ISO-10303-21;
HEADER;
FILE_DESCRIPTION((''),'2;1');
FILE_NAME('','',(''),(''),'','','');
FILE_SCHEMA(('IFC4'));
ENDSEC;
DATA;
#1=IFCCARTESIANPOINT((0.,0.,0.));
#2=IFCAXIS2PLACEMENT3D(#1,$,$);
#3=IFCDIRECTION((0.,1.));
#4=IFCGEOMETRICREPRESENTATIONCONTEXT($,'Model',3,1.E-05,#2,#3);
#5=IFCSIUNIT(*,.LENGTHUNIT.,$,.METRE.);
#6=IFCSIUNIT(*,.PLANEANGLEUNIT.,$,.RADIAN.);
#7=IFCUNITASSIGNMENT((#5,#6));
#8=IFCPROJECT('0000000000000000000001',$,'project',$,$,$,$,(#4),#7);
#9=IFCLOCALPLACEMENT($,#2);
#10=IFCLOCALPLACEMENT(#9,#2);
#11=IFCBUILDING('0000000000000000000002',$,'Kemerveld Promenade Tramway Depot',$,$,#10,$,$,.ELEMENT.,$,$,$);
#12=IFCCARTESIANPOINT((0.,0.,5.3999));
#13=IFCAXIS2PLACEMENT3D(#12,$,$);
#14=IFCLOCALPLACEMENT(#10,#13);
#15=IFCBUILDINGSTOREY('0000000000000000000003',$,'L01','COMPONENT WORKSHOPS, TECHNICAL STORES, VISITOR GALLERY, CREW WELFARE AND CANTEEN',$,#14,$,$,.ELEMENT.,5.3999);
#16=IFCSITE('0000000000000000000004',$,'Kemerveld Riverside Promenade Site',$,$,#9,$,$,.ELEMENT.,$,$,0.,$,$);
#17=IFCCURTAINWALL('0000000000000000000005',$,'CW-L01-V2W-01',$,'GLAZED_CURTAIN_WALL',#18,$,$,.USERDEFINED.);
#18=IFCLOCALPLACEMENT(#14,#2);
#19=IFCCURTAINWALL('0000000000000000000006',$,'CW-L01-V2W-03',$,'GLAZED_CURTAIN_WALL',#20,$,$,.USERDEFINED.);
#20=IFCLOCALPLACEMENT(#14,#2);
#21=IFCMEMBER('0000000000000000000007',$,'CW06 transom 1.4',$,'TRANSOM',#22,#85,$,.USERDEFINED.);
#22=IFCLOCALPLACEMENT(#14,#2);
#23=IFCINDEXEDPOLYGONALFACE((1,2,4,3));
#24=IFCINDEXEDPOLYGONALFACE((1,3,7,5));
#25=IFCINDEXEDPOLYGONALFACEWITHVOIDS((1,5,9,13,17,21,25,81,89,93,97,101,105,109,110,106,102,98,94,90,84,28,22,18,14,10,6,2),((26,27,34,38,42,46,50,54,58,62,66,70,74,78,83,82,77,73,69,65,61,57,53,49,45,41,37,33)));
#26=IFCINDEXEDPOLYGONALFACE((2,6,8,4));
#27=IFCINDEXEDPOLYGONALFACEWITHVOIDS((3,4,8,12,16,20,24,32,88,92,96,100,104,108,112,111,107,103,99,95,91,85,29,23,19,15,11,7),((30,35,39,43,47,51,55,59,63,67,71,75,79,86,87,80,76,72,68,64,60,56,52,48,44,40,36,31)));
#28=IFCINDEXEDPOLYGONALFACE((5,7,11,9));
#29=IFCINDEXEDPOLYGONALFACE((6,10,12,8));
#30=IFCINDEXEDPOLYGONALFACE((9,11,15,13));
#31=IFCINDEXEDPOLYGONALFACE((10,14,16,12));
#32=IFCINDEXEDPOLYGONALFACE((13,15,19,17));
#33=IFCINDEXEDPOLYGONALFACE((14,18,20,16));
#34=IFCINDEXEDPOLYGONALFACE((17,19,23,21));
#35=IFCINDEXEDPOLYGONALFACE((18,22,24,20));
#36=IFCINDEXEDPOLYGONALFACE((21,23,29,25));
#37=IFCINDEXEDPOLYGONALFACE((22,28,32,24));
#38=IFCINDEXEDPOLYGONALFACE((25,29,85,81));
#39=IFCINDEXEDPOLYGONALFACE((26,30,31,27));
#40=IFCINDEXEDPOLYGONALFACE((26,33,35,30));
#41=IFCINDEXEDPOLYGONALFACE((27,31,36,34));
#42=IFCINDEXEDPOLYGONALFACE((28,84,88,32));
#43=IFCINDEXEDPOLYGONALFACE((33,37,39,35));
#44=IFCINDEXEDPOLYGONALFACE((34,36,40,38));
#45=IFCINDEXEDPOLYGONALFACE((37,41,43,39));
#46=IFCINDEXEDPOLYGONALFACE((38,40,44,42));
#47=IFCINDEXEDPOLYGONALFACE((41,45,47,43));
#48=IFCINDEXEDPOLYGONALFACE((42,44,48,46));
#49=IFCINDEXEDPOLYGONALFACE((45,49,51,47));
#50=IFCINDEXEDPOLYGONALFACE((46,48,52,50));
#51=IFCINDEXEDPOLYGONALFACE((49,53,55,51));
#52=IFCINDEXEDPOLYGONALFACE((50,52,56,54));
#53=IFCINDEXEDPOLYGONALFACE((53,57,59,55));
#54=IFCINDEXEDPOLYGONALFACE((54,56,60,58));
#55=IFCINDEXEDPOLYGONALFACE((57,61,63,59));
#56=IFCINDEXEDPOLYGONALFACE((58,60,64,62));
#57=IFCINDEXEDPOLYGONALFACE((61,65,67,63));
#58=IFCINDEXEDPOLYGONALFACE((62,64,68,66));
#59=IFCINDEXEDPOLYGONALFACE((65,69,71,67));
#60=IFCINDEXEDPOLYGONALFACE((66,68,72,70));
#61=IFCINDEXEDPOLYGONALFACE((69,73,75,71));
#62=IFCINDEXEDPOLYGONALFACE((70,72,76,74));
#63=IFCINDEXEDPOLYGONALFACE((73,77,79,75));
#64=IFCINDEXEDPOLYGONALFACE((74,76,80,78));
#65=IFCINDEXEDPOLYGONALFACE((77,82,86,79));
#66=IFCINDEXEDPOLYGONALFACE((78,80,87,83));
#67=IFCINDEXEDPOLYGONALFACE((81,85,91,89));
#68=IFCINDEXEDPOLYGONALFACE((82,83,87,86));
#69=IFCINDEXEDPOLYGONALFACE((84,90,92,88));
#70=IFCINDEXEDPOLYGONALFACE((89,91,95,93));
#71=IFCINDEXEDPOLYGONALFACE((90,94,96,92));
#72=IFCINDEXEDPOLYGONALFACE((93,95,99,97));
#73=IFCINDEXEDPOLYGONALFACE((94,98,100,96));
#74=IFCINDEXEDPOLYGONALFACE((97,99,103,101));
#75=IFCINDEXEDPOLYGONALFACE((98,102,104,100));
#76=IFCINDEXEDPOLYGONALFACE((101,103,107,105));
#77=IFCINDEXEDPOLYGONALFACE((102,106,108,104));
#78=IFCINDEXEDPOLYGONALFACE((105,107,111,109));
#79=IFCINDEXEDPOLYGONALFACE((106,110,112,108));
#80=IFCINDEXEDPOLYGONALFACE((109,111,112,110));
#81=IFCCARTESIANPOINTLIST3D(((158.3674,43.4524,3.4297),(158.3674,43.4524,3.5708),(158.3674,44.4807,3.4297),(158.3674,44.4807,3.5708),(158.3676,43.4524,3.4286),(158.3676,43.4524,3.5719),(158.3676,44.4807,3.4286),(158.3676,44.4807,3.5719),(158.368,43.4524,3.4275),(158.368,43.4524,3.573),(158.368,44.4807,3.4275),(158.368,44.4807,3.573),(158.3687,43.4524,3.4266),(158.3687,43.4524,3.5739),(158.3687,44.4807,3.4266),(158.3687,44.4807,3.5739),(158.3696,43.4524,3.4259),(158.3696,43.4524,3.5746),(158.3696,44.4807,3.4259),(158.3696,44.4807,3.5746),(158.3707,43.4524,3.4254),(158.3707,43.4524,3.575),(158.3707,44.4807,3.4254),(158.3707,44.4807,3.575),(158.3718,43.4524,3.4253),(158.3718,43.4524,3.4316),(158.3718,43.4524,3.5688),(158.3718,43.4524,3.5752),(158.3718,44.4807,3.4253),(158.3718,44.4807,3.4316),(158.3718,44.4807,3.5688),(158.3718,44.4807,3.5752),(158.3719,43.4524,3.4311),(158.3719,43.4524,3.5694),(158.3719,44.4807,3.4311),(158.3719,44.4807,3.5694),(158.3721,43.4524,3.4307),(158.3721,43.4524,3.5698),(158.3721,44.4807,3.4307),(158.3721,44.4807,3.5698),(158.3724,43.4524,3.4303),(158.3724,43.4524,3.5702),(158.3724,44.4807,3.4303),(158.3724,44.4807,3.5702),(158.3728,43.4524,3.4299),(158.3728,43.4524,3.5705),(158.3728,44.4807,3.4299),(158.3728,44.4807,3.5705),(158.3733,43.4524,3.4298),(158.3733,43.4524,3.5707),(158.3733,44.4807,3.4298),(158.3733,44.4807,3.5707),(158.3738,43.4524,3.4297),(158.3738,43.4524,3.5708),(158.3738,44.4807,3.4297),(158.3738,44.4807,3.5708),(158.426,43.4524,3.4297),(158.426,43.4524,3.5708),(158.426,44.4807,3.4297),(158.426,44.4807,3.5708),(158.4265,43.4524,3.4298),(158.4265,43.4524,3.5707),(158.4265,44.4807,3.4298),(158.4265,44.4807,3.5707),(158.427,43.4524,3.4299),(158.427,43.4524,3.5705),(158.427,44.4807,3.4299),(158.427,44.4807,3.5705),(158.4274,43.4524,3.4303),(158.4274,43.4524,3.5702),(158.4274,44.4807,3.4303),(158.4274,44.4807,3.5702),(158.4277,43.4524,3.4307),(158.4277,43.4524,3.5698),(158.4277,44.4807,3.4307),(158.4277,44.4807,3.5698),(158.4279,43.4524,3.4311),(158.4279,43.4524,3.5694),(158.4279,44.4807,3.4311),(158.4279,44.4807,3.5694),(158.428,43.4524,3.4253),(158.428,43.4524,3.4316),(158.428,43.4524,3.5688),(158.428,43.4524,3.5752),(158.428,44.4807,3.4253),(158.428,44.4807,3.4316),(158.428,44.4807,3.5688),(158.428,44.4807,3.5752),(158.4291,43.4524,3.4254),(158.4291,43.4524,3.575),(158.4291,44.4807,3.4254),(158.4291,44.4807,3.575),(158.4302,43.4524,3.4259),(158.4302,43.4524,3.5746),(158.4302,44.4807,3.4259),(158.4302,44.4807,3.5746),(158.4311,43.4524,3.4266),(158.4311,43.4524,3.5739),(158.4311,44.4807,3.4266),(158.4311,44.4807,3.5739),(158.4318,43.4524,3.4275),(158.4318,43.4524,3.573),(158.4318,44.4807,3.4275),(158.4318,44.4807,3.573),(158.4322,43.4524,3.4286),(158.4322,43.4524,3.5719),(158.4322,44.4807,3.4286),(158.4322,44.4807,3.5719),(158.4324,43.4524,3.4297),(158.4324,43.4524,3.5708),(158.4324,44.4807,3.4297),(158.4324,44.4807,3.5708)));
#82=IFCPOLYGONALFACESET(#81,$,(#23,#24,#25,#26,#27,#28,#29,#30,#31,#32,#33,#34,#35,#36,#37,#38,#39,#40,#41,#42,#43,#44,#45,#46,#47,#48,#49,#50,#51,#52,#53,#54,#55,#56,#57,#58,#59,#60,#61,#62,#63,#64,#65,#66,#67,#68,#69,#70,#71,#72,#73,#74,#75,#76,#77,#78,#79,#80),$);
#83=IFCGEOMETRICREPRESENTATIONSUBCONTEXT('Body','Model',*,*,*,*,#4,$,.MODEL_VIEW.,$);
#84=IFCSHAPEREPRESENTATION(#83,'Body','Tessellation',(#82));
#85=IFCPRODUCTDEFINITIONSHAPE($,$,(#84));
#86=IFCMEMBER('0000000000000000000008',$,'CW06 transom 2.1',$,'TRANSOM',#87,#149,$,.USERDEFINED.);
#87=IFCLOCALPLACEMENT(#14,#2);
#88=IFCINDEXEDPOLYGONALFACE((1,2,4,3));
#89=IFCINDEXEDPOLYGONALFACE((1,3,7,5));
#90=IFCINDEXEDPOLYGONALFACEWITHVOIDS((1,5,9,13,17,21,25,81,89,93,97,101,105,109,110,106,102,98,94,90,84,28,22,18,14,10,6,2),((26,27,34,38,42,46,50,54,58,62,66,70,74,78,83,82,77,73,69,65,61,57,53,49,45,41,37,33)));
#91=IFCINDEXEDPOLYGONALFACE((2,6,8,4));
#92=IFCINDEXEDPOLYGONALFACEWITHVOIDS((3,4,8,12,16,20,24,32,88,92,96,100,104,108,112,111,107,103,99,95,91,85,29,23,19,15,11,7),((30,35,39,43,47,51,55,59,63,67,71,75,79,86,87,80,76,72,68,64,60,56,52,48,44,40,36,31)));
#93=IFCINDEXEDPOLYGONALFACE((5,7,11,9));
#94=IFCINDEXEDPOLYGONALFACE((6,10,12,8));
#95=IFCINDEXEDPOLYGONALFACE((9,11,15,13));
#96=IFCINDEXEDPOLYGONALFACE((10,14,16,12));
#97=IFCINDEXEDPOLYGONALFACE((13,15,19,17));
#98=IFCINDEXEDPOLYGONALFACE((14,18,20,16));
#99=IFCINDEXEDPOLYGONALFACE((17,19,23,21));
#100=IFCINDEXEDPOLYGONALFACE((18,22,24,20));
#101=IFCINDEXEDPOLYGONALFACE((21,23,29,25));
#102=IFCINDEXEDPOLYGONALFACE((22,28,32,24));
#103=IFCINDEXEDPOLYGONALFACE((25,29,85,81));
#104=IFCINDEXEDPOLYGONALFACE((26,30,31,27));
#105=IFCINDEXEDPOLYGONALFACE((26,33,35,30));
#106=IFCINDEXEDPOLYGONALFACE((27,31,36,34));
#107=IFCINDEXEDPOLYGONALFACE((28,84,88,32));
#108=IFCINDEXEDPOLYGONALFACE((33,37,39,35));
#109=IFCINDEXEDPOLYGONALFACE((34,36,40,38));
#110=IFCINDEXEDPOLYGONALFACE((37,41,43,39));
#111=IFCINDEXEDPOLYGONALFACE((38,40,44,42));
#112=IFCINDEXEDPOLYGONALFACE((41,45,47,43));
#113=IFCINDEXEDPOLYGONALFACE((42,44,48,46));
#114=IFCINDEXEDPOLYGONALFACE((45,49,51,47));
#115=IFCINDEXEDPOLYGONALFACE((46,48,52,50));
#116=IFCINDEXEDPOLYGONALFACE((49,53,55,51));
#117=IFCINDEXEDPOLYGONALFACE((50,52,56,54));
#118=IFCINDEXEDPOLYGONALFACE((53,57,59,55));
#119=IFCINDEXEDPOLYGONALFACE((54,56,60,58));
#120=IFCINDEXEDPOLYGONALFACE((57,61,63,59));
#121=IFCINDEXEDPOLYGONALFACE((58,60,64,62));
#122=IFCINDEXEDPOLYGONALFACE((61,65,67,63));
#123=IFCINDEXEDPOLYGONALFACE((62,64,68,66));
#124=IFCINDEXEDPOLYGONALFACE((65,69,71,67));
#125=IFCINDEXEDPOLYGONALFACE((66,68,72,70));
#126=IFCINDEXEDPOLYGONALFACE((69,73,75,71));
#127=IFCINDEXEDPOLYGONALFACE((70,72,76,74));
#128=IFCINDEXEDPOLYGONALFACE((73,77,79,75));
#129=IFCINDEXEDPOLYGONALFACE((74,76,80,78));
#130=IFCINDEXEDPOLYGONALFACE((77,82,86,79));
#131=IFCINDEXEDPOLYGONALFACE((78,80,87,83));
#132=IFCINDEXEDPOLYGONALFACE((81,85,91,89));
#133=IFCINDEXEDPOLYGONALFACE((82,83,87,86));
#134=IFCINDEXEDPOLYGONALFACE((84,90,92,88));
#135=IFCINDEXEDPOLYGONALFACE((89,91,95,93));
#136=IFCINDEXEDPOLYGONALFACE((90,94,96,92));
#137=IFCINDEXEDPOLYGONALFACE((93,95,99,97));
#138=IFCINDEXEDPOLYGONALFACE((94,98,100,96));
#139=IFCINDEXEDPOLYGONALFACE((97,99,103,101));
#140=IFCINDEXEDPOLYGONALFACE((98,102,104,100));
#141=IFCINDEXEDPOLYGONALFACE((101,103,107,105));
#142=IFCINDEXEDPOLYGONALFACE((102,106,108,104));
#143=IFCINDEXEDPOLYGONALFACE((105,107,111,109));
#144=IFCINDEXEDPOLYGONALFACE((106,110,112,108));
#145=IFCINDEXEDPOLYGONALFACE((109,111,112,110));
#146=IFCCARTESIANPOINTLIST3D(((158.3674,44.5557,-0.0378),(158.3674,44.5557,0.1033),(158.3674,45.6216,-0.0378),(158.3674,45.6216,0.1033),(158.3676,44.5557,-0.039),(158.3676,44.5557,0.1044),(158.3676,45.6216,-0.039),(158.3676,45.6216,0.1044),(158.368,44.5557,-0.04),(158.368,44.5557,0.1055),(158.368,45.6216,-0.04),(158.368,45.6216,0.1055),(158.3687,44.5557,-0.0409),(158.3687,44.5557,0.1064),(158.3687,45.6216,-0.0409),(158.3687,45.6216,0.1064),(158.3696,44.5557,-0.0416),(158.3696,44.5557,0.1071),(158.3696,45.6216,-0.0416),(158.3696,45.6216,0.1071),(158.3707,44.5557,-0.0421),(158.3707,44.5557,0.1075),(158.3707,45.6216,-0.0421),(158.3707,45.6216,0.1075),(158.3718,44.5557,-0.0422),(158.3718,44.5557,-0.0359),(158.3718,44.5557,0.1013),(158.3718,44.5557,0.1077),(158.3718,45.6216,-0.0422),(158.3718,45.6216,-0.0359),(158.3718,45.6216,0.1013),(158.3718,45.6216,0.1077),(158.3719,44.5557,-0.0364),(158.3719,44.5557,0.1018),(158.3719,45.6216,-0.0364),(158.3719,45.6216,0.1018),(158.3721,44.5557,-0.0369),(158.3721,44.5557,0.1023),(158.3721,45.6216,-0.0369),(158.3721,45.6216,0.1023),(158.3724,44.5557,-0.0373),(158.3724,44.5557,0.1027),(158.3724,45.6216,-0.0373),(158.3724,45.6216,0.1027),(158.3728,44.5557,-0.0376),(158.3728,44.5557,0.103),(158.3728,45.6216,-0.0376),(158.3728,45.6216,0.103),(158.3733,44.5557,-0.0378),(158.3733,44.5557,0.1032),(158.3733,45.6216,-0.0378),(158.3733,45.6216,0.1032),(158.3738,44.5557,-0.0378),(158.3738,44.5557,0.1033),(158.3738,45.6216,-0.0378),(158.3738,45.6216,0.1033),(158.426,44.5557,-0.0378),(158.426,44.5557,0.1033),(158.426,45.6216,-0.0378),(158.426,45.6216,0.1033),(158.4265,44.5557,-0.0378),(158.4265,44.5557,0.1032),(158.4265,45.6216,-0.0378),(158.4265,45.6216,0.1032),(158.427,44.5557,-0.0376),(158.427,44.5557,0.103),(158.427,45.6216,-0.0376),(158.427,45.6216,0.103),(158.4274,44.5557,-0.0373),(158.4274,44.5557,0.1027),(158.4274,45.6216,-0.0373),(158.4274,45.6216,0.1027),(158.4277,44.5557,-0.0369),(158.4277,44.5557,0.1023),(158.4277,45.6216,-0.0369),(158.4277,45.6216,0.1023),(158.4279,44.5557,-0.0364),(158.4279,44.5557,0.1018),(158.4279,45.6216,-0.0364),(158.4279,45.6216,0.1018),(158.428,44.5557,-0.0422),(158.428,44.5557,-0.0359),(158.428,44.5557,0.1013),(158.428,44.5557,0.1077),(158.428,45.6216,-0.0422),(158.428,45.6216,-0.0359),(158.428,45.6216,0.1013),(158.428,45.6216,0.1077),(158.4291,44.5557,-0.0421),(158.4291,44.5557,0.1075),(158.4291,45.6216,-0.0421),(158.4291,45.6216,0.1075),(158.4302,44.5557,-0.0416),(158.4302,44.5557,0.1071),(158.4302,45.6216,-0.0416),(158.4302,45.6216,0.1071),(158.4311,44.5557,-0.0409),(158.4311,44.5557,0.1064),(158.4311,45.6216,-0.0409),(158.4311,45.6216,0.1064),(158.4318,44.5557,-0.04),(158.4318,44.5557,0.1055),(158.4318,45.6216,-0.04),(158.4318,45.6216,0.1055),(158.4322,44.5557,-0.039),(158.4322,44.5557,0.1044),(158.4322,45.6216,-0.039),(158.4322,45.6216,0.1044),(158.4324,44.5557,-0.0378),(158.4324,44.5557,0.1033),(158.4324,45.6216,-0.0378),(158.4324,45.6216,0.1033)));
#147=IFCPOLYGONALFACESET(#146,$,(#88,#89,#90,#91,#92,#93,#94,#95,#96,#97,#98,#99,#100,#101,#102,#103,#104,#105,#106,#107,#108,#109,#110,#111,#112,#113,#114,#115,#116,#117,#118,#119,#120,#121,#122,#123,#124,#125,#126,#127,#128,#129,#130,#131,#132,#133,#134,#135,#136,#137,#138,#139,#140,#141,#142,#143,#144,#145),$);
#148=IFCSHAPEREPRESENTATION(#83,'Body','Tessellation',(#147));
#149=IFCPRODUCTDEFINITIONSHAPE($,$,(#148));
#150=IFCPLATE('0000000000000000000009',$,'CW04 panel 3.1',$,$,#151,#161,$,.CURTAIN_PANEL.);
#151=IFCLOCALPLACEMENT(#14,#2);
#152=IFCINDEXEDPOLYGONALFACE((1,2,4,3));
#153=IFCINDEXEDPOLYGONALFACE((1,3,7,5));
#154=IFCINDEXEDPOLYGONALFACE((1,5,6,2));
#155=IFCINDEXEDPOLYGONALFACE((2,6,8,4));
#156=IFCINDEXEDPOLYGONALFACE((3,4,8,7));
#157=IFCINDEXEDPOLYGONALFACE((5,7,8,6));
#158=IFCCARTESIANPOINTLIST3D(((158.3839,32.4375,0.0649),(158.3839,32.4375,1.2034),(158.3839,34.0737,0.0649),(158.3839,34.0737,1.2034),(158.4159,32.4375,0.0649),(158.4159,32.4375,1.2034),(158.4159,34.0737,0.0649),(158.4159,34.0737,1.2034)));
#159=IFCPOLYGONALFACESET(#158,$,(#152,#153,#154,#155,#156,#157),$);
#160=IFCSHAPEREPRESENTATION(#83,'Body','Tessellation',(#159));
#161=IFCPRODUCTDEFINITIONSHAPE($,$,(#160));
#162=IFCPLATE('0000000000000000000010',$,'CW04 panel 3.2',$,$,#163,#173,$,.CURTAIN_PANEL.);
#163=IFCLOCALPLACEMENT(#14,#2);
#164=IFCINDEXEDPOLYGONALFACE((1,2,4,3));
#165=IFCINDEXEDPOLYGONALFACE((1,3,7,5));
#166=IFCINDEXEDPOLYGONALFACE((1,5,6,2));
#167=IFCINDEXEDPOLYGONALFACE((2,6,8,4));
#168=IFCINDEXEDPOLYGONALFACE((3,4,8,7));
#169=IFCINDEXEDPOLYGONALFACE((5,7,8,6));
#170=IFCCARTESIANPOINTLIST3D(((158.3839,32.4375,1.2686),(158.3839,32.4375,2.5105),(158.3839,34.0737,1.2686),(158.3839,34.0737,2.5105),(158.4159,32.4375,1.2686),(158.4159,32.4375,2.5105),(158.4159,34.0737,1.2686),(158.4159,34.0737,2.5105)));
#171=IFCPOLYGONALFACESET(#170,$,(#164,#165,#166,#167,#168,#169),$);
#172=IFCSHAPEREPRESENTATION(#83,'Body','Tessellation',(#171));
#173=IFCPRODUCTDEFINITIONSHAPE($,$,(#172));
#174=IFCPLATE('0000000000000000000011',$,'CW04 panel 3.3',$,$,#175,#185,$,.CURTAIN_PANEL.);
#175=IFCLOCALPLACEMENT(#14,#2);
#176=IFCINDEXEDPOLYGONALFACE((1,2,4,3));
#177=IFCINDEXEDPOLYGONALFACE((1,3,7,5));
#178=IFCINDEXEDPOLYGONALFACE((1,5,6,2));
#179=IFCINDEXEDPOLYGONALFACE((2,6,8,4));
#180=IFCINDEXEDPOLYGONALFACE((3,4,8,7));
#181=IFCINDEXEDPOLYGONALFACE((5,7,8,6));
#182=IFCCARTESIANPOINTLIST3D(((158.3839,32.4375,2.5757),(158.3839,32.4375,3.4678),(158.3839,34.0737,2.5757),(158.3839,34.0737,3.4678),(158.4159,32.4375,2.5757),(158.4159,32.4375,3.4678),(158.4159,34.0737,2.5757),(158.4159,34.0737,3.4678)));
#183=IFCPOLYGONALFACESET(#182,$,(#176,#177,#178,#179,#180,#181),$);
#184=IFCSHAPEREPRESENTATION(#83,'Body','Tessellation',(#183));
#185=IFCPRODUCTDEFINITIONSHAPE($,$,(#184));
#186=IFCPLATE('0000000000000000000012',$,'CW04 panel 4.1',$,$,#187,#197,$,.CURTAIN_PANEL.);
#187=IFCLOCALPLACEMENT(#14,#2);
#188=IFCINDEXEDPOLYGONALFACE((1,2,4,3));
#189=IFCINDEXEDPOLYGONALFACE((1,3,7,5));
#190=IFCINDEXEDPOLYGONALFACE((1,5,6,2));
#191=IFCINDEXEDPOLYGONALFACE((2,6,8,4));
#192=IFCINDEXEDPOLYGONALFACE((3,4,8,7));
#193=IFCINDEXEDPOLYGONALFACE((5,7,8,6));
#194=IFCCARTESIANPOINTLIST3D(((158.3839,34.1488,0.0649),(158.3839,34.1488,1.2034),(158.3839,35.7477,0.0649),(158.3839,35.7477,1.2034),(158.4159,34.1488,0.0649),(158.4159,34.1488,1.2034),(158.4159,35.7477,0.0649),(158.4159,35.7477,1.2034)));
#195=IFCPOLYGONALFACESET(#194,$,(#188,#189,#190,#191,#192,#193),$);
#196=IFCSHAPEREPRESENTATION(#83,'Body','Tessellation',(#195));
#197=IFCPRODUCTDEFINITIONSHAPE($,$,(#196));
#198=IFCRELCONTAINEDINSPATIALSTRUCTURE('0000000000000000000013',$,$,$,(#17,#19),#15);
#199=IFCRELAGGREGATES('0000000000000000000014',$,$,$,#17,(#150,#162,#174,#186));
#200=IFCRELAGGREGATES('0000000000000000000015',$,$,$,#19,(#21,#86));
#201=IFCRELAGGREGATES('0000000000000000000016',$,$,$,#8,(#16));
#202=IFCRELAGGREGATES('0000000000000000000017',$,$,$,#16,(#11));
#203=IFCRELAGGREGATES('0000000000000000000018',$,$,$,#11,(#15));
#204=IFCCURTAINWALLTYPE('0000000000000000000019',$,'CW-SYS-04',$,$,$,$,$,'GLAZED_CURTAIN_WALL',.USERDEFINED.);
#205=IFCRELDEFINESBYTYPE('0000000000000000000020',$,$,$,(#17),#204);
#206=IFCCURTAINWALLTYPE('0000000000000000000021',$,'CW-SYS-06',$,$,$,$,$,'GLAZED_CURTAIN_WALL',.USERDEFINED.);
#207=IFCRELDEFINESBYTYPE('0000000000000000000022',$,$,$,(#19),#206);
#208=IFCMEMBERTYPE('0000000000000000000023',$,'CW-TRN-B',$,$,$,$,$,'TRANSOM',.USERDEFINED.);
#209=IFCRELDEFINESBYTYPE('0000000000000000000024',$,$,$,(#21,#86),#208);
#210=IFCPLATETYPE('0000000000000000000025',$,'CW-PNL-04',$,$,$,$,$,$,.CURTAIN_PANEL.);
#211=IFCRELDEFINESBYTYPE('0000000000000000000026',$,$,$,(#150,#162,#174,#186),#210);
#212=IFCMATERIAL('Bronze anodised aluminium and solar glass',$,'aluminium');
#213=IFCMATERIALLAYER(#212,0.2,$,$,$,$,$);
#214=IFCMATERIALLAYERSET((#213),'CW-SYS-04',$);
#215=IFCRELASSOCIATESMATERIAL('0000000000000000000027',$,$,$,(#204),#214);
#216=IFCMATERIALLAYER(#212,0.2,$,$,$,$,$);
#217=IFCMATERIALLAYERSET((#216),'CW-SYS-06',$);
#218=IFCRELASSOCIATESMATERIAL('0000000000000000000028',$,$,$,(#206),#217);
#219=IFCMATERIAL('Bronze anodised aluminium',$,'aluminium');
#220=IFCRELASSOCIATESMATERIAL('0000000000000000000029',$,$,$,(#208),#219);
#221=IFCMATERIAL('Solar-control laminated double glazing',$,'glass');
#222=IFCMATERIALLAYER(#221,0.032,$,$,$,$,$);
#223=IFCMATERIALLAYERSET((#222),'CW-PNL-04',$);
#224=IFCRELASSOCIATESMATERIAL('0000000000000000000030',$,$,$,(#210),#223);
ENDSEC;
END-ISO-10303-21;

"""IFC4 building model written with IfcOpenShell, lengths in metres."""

from ifc_helpers import new_model, si_unit, direction, frame, origin, origin_2d, place, context, subcontext, project, spatial, rectangle, hollow_rectangle, extrude, material, layer, layer_set, material_profile, profile_set, type_object, element, aggregate, save


model = new_model("IFC4")

# Units and contexts
model_context = context("Model", 3, precision=1e-05, world=origin(), true_north=direction((0.0, 1.0)))
body_context = subcontext(model_context, "Body", "Model", "MODEL_VIEW")
ifc_project = project(units=[si_unit("LENGTHUNIT", "METRE"), si_unit("PLANEANGLEUNIT", "RADIAN")], contexts=[model_context])

# Site, building, storey
site_placement = place(None, origin())
site = spatial("IfcSite", under=ifc_project, at=site_placement, Name="Kemerveld Riverside Promenade Site", CompositionType="ELEMENT", RefElevation=0.0)
building_placement = place(site_placement, origin())
building = spatial("IfcBuilding", under=site, at=building_placement, Name="Kemerveld Promenade Tramway Depot", CompositionType="ELEMENT")
storey_placement = place(building_placement, frame((0.0, 0.0, 5.3999)))
storey = spatial("IfcBuildingStorey", under=building, at=storey_placement, Name="L01", Description="COMPONENT WORKSHOPS, TECHNICAL STORES, VISITOR GALLERY, CREW WELFARE AND CANTEEN", CompositionType="ELEMENT", Elevation=5.3999)

# Curtain walls
ifc_material_1 = material(Name="Bronze anodised aluminium and solar glass", Category="aluminium")
ifc_layer_1 = layer(ifc_material_1, 0.2)
ifc_layer_set_1 = layer_set([ifc_layer_1], Name="CW-SYS-04")
curtain_wall_type_1 = type_object("IfcCurtainWallType", Name="CW-SYS-04", ElementType="GLAZED_CURTAIN_WALL", PredefinedType="USERDEFINED", material=ifc_layer_set_1)
curtain_wall_1_placement = place(storey_placement, origin())
curtain_wall_1 = element("IfcCurtainWall", 1, at=curtain_wall_1_placement, inside=storey, type_object=curtain_wall_type_1, Name="CW-L01-V2W-01", ObjectType="GLAZED_CURTAIN_WALL", PredefinedType="USERDEFINED")
ifc_material_2 = material(Name="Bronze anodised aluminium", Category="aluminium")
ifc_layer_2 = layer(ifc_material_1, 0.2)
ifc_layer_set_2 = layer_set([ifc_layer_2], Name="CW-SYS-06")
curtain_wall_type_2 = type_object("IfcCurtainWallType", Name="CW-SYS-06", ElementType="GLAZED_CURTAIN_WALL", PredefinedType="USERDEFINED", material=ifc_layer_set_2)
curtain_wall_2_placement = place(storey_placement, origin())
curtain_wall_2 = element("IfcCurtainWall", 2, at=curtain_wall_2_placement, inside=storey, type_object=curtain_wall_type_2, Name="CW-L01-V2W-03", ObjectType="GLAZED_CURTAIN_WALL", PredefinedType="USERDEFINED")

# Members
ifc_material_profile_1 = material_profile(ifc_material_2, hollow_rectangle(XDim=0.0649, YDim=0.1499, WallThickness=0.0044, InnerFilletRadius=0.002, OuterFilletRadius=0.0044, at=origin_2d()), Name="CW-TRN-150x65")
ifc_profile_set_1 = profile_set([ifc_material_profile_1], Name="Bronze anodised aluminium")
member_type_1 = type_object("IfcMemberType", Name="CW-TRN-B", ElementType="TRANSOM", PredefinedType="USERDEFINED", material=ifc_profile_set_1)
member_1_placement = place(storey_placement, frame((158.3999, 43.4524, 3.5002), z_axis=(0.0, 1.0, 0.0), x_axis=(-1.0, 0.0, 0.0)))
member_1 = element("IfcMember", 3, at=member_1_placement, type_object=member_type_1, Name="CW06 transom 1.4", ObjectType="TRANSOM", PredefinedType="USERDEFINED", context=body_context, shape_type="SweptSolid", body=[
    extrude(hollow_rectangle(XDim=0.0649, YDim=0.1499, WallThickness=0.0044, InnerFilletRadius=0.002, OuterFilletRadius=0.0044, at=origin_2d()), origin(), (0.0, 0.0, 1.0), 1.0283),
])
member_2_placement = place(storey_placement, frame((158.3999, 44.5557, 0.0327), z_axis=(0.0, 1.0, 0.0), x_axis=(-1.0, 0.0, 0.0)))
member_2 = element("IfcMember", 4, at=member_2_placement, type_object=member_type_1, Name="CW06 transom 2.1", ObjectType="TRANSOM", PredefinedType="USERDEFINED", context=body_context, shape_type="SweptSolid", body=[
    extrude(hollow_rectangle(XDim=0.0649, YDim=0.1499, WallThickness=0.0044, InnerFilletRadius=0.002, OuterFilletRadius=0.0044, at=origin_2d()), origin(), (0.0, 0.0, 1.0), 1.0659),
])

# Plates
ifc_material_3 = material(Name="Solar-control laminated double glazing", Category="glass")
ifc_layer_3 = layer(ifc_material_3, 0.032)
ifc_layer_set_3 = layer_set([ifc_layer_3], Name="CW-PNL-04")
plate_type_1 = type_object("IfcPlateType", Name="CW-PNL-04", PredefinedType="CURTAIN_PANEL", material=ifc_layer_set_3)
plate_1_placement = place(storey_placement, frame((158.3999, 33.2556, 0.0649), z_axis=(0.0, 0.0, 1.0), x_axis=(0.0, 1.0, 0.0)))
plate_1 = element("IfcPlate", 5, at=plate_1_placement, type_object=plate_type_1, Name="CW04 panel 3.1", PredefinedType="CURTAIN_PANEL", context=body_context, shape_type="SweptSolid", body=[
    extrude(rectangle(XDim=1.6362, YDim=0.032, at=origin_2d()), origin(), (0.0, 0.0, 1.0), 1.1384),
])
plate_2_placement = place(storey_placement, frame((158.3999, 33.2556, 1.2686), z_axis=(0.0, 0.0, 1.0), x_axis=(0.0, 1.0, 0.0)))
plate_2 = element("IfcPlate", 6, at=plate_2_placement, type_object=plate_type_1, Name="CW04 panel 3.2", PredefinedType="CURTAIN_PANEL", context=body_context, shape_type="SweptSolid", body=[
    extrude(rectangle(XDim=1.6362, YDim=0.032, at=origin_2d()), origin(), (0.0, 0.0, 1.0), 1.2419),
])
plate_3_placement = place(storey_placement, frame((158.3999, 33.2556, 2.5757), z_axis=(0.0, 0.0, 1.0), x_axis=(0.0, 1.0, 0.0)))
plate_3 = element("IfcPlate", 7, at=plate_3_placement, type_object=plate_type_1, Name="CW04 panel 3.3", PredefinedType="CURTAIN_PANEL", context=body_context, shape_type="SweptSolid", body=[
    extrude(rectangle(XDim=1.6362, YDim=0.032, at=origin_2d()), origin(), (0.0, 0.0, 1.0), 0.8921),
])
plate_4_placement = place(storey_placement, frame((158.3999, 34.9482, 0.0649), z_axis=(0.0, 0.0, 1.0), x_axis=(0.0, 1.0, 0.0)))
plate_4 = element("IfcPlate", 8, at=plate_4_placement, type_object=plate_type_1, Name="CW04 panel 4.1", PredefinedType="CURTAIN_PANEL", context=body_context, shape_type="SweptSolid", body=[
    extrude(rectangle(XDim=1.5989, YDim=0.032, at=origin_2d()), origin(), (0.0, 0.0, 1.0), 1.1384),
])
aggregate(curtain_wall_1, [plate_1, plate_2, plate_3, plate_4])
aggregate(curtain_wall_2, [member_1, member_2])

save(model, "model.ifc")
